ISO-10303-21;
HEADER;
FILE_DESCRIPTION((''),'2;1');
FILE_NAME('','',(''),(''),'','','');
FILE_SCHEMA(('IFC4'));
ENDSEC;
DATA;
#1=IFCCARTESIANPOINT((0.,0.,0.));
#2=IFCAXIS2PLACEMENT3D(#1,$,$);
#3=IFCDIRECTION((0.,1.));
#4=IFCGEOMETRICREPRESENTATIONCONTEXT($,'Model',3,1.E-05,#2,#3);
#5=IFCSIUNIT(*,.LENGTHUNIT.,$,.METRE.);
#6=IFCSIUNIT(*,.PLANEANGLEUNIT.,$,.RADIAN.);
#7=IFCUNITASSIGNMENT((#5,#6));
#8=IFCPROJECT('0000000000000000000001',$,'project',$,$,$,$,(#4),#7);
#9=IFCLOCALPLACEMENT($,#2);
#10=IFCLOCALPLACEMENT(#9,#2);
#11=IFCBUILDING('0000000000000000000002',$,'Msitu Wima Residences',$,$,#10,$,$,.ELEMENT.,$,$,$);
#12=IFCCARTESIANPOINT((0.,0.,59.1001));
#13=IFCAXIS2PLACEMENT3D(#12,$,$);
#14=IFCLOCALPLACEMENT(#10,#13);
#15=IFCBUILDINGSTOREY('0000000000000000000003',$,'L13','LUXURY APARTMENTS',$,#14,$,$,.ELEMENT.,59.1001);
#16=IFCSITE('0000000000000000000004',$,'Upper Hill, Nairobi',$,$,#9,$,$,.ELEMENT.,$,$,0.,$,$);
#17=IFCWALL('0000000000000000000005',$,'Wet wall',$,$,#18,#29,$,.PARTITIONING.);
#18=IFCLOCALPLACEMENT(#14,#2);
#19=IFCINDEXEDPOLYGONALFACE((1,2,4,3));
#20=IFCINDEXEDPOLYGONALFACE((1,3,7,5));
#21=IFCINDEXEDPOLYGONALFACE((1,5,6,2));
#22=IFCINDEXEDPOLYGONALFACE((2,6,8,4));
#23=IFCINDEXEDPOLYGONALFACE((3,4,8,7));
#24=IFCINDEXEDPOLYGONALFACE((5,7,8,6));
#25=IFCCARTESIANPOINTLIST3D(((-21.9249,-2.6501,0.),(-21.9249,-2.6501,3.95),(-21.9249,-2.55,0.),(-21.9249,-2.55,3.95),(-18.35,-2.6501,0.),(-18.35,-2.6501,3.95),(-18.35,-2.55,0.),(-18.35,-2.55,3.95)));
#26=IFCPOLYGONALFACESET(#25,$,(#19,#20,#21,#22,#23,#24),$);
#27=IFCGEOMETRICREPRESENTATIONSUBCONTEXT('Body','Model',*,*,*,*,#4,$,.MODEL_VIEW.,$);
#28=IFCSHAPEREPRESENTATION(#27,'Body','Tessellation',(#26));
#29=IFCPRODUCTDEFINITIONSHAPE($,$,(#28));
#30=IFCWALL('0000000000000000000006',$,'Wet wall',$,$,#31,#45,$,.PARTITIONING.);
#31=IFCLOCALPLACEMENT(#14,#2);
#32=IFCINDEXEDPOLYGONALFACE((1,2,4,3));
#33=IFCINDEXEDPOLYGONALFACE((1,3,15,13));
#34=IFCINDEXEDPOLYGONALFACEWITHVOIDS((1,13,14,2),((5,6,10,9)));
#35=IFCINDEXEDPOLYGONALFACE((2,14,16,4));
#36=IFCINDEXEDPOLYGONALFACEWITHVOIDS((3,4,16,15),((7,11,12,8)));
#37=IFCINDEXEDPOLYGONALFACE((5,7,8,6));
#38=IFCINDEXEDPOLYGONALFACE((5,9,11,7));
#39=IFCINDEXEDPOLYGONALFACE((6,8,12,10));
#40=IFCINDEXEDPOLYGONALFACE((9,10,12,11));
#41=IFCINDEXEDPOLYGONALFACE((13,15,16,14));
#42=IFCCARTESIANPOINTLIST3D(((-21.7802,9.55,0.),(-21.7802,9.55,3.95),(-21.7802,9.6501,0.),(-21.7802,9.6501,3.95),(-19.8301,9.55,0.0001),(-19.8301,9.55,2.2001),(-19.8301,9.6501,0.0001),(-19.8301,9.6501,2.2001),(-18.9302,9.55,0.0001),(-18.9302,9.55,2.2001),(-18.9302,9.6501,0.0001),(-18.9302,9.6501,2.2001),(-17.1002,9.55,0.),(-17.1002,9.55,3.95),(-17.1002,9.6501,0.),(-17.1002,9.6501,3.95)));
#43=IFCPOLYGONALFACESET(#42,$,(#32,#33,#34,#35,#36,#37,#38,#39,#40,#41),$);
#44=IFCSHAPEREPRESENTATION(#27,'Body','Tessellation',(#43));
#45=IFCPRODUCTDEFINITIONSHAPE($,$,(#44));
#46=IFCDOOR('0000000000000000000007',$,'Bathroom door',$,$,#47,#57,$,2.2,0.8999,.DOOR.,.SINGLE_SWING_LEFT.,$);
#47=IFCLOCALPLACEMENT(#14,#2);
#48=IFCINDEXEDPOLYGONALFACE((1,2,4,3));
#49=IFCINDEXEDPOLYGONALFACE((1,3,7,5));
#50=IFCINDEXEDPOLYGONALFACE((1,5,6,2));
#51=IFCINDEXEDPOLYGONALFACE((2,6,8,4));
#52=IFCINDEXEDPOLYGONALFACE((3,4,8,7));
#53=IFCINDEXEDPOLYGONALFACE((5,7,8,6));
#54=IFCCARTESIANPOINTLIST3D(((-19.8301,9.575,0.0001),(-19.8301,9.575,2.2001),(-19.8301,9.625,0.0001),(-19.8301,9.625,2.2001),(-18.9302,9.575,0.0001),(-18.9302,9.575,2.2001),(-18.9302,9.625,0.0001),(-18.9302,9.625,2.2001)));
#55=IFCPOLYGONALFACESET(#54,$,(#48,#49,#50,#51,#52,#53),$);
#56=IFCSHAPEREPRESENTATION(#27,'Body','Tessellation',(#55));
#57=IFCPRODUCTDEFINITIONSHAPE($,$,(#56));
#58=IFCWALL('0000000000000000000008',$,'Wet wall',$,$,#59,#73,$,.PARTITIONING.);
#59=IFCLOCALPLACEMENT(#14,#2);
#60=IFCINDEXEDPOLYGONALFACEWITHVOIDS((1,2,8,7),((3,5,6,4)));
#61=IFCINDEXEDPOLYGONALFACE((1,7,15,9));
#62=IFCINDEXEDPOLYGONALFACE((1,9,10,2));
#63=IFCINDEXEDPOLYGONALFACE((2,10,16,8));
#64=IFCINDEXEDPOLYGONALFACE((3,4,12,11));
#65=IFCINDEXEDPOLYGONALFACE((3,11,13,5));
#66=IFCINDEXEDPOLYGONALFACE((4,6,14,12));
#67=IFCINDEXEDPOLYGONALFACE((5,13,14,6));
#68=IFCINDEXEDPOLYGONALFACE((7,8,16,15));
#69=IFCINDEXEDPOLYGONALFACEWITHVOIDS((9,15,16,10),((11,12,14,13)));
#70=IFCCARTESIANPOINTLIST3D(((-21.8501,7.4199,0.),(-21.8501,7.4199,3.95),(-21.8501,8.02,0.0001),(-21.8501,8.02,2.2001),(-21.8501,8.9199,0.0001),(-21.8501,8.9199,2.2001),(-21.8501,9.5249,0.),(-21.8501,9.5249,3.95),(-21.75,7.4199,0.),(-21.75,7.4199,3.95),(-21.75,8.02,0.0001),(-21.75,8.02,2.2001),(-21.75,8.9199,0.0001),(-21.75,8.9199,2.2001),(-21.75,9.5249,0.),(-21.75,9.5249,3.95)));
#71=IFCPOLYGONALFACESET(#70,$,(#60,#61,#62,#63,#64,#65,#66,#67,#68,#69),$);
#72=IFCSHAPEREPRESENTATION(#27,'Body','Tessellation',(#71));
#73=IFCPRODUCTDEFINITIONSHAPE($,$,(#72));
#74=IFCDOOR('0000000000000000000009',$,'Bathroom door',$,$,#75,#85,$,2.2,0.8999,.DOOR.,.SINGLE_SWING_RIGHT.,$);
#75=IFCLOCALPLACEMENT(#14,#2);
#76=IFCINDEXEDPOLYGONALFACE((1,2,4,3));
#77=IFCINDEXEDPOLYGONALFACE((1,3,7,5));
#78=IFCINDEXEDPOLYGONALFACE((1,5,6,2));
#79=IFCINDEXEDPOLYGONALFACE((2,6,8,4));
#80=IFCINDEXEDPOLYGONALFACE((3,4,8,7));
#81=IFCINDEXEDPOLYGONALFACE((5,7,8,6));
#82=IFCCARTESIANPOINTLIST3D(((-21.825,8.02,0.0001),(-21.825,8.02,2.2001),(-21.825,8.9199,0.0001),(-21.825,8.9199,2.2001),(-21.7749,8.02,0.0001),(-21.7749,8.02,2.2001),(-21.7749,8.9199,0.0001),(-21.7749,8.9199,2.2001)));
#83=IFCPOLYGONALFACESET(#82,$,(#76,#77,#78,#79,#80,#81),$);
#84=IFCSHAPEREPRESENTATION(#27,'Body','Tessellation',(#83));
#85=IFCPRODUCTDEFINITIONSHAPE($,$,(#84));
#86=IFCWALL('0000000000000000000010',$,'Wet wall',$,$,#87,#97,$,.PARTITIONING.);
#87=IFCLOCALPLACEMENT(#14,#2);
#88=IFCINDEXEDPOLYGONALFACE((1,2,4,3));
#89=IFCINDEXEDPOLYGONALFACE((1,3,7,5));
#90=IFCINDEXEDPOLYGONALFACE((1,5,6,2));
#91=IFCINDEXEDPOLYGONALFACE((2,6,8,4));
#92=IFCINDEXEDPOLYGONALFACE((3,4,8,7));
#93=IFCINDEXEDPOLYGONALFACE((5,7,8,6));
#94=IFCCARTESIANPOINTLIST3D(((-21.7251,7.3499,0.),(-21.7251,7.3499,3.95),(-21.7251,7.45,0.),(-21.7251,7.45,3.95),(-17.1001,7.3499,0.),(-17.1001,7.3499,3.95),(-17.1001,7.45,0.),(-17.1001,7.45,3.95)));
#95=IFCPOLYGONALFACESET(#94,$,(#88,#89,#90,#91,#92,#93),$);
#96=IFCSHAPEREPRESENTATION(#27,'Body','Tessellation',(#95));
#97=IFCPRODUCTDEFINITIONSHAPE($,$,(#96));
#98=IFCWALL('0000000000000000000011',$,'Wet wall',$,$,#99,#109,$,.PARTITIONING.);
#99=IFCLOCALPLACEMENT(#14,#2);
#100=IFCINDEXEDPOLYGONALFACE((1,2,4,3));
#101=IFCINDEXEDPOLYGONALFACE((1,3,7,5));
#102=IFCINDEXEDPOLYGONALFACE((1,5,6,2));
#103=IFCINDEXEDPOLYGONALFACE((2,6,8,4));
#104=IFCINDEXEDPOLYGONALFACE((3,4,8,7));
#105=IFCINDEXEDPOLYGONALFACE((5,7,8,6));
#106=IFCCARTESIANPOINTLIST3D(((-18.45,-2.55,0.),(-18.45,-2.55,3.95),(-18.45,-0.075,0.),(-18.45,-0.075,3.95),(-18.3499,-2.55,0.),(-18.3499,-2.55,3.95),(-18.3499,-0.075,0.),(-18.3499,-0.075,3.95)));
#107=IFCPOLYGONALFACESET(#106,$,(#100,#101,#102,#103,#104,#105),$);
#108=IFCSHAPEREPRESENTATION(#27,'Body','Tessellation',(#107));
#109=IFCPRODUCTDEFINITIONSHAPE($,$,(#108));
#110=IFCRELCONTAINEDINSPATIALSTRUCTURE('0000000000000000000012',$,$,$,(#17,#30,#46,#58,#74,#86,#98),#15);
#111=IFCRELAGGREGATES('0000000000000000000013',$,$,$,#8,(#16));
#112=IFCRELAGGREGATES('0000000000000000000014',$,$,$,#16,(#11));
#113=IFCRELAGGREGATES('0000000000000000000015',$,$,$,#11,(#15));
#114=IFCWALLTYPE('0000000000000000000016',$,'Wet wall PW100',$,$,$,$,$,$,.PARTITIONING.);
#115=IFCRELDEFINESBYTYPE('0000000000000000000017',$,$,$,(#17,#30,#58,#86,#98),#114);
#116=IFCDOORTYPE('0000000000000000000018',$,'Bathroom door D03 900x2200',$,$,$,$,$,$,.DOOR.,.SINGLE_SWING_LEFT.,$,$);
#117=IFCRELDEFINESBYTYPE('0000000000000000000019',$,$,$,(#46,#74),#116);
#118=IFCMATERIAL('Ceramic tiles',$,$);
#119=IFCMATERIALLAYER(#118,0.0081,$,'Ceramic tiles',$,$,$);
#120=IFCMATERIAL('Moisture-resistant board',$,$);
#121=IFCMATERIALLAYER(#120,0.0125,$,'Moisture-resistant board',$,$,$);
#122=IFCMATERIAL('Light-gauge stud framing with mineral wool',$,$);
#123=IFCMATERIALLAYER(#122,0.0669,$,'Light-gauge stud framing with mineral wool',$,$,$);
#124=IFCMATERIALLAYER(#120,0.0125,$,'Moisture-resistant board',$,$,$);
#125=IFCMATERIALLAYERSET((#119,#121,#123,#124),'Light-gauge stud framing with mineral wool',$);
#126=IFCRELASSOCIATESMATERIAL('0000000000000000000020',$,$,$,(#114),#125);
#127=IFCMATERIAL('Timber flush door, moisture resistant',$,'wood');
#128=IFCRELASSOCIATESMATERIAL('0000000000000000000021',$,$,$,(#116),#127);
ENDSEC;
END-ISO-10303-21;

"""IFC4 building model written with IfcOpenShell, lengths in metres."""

from ifc_helpers import new_model, si_unit, direction, frame, frame_2d, origin, place, context, subcontext, project, spatial, rectangle, extrude, material, layer, layer_set, type_object, element, fill, save


model = new_model("IFC4")

# Units and contexts
model_context = context("Model", 3, precision=1e-05, world=origin(), true_north=direction((0.0, 1.0)))
body_context = subcontext(model_context, "Body", "Model", "MODEL_VIEW")
ifc_project = project(units=[si_unit("LENGTHUNIT", "METRE"), si_unit("PLANEANGLEUNIT", "RADIAN")], contexts=[model_context])

# Site, building, storey
site_placement = place(None, origin())
site = spatial("IfcSite", under=ifc_project, at=site_placement, Name="Upper Hill, Nairobi", CompositionType="ELEMENT", RefElevation=0.0)
building_placement = place(site_placement, origin())
building = spatial("IfcBuilding", under=site, at=building_placement, Name="Msitu Wima Residences", CompositionType="ELEMENT")
storey_placement = place(building_placement, frame((0.0, 0.0, 59.1001)))
storey = spatial("IfcBuildingStorey", under=building, at=storey_placement, Name="L13", Description="LUXURY APARTMENTS", CompositionType="ELEMENT", Elevation=59.1001)

# Shared definitions
ifc_material_1 = material(Name="Light-gauge stud framing with mineral wool")
ifc_material_2 = material(Name="Ceramic tiles")
ifc_layer_1 = layer(ifc_material_2, 0.0081, Name="Ceramic tiles")
ifc_material_3 = material(Name="Moisture-resistant board")
ifc_layer_2 = layer(ifc_material_3, 0.0125, Name="Moisture-resistant board")
ifc_layer_3 = layer(ifc_material_1, 0.0669, Name="Light-gauge stud framing with mineral wool")
ifc_layer_4 = layer(ifc_material_3, 0.0125, Name="Moisture-resistant board")
ifc_layer_set_1 = layer_set([ifc_layer_1, ifc_layer_2, ifc_layer_3, ifc_layer_4], Name="Light-gauge stud framing with mineral wool")
wall_type_1 = type_object("IfcWallType", Name="Wet wall PW100", PredefinedType="PARTITIONING", material=ifc_layer_set_1)

# Shared definitions
ifc_material_4 = material(Name="Timber flush door, moisture resistant", Category="wood")
door_type_1 = type_object("IfcDoorType", Name="Bathroom door D03 900x2200", OperationType="SINGLE_SWING_LEFT", PredefinedType="DOOR", material=ifc_material_4)

# Wall
wall_1_placement = place(storey_placement, frame((-21.925, -2.6001, 0.0), z_axis=(0.0, 0.0, 1.0), x_axis=(1.0, 0.0, 0.0)))
element("IfcWall", 1, at=wall_1_placement, inside=storey, type_object=wall_type_1, Name="Wet wall", PredefinedType="PARTITIONING", context=body_context, shape_type="SweptSolid", body=[
    extrude(rectangle(XDim=3.575, YDim=0.1001, at=frame_2d((1.7876, 0.0))), origin(), (0.0, 0.0, 1.0), 3.95),
])

# Walls, openings, doors
wall_2_placement = place(storey_placement, frame((-21.78, 9.6001, 0.0), z_axis=(0.0, 0.0, 1.0), x_axis=(1.0, 0.0, 0.0)))
wall_2 = element("IfcWall", 2, at=wall_2_placement, inside=storey, type_object=wall_type_1, Name="Wet wall", PredefinedType="PARTITIONING", context=body_context, shape_type="SweptSolid", body=[
    extrude(rectangle(XDim=4.6799, YDim=0.1001, at=frame_2d((2.3398, 0.0))), origin(), (0.0, 0.0, 1.0), 3.95),
])
opening_1_placement = place(wall_2_placement, frame((1.95, 0.0, 0.0)))
opening_1 = element("IfcOpeningElement", 3, at=opening_1_placement, cuts=wall_2, PredefinedType="OPENING", context=body_context, shape_type="SweptSolid", body=[
    extrude(rectangle(XDim=0.8999, YDim=2.2, at=frame_2d((0.45, 1.1001))), frame((0.0, 0.0601, 0.0), z_axis=(0.0, -1.0, 0.0), x_axis=(1.0, 0.0, 0.0)), (0.0, 0.0, 1.0), 0.1201),
])
door_1_placement = place(opening_1_placement, origin())
door_1 = element("IfcDoor", 4, at=door_1_placement, inside=storey, type_object=door_type_1, Name="Bathroom door", OperationType="SINGLE_SWING_LEFT", OverallHeight=2.2, OverallWidth=0.8999, PredefinedType="DOOR", context=body_context, shape_type="SweptSolid", body=[
    extrude(rectangle(XDim=0.8999, YDim=2.2, at=frame_2d((0.45, 1.1001))), frame((0.0, 0.0249, 0.0), z_axis=(0.0, -1.0, 0.0), x_axis=(1.0, 0.0, 0.0)), (0.0, 0.0, 1.0), 0.05),
])
fill(opening_1, door_1)
wall_3_placement = place(storey_placement, frame((-21.8, 7.4199, 0.0), z_axis=(0.0, 0.0, 1.0), x_axis=(0.0, 1.0, 0.0)))
wall_3 = element("IfcWall", 5, at=wall_3_placement, inside=storey, type_object=wall_type_1, Name="Wet wall", PredefinedType="PARTITIONING", context=body_context, shape_type="SweptSolid", body=[
    extrude(rectangle(XDim=2.105, YDim=0.1001, at=frame_2d((1.0525, 0.0))), origin(), (0.0, 0.0, 1.0), 3.95),
])
opening_2_placement = place(wall_3_placement, frame((0.6001, 0.0, 0.0)))
opening_2 = element("IfcOpeningElement", 6, at=opening_2_placement, cuts=wall_3, PredefinedType="OPENING", context=body_context, shape_type="SweptSolid", body=[
    extrude(rectangle(XDim=0.8999, YDim=2.2, at=frame_2d((0.45, 1.1001))), frame((0.0, 0.0601, 0.0), z_axis=(0.0, -1.0, 0.0), x_axis=(1.0, 0.0, 0.0)), (0.0, 0.0, 1.0), 0.1201),
])
door_2_placement = place(opening_2_placement, origin())
door_2 = element("IfcDoor", 7, at=door_2_placement, inside=storey, type_object=door_type_1, Name="Bathroom door", OperationType="SINGLE_SWING_RIGHT", OverallHeight=2.2, OverallWidth=0.8999, PredefinedType="DOOR", context=body_context, shape_type="SweptSolid", body=[
    extrude(rectangle(XDim=0.8999, YDim=2.2, at=frame_2d((0.45, 1.1001))), frame((0.0, 0.0249, 0.0), z_axis=(0.0, -1.0, 0.0), x_axis=(1.0, 0.0, 0.0)), (0.0, 0.0, 1.0), 0.05),
])
fill(opening_2, door_2)

# Walls
wall_4_placement = place(storey_placement, frame((-21.7251, 7.3999, 0.0), z_axis=(0.0, 0.0, 1.0), x_axis=(1.0, 0.0, 0.0)))
element("IfcWall", 8, at=wall_4_placement, inside=storey, type_object=wall_type_1, Name="Wet wall", PredefinedType="PARTITIONING", context=body_context, shape_type="SweptSolid", body=[
    extrude(rectangle(XDim=4.625, YDim=0.1001, at=frame_2d((2.3125, 0.0))), origin(), (0.0, 0.0, 1.0), 3.95),
])
wall_5_placement = place(storey_placement, frame((-18.3999, -2.55, 0.0), z_axis=(0.0, 0.0, 1.0), x_axis=(0.0, 1.0, 0.0)))
element("IfcWall", 9, at=wall_5_placement, inside=storey, type_object=wall_type_1, Name="Wet wall", PredefinedType="PARTITIONING", context=body_context, shape_type="SweptSolid", body=[
    extrude(rectangle(XDim=2.4751, YDim=0.1001, at=frame_2d((1.2375, 0.0))), origin(), (0.0, 0.0, 1.0), 3.95),
])

save(model, "model.ifc")
